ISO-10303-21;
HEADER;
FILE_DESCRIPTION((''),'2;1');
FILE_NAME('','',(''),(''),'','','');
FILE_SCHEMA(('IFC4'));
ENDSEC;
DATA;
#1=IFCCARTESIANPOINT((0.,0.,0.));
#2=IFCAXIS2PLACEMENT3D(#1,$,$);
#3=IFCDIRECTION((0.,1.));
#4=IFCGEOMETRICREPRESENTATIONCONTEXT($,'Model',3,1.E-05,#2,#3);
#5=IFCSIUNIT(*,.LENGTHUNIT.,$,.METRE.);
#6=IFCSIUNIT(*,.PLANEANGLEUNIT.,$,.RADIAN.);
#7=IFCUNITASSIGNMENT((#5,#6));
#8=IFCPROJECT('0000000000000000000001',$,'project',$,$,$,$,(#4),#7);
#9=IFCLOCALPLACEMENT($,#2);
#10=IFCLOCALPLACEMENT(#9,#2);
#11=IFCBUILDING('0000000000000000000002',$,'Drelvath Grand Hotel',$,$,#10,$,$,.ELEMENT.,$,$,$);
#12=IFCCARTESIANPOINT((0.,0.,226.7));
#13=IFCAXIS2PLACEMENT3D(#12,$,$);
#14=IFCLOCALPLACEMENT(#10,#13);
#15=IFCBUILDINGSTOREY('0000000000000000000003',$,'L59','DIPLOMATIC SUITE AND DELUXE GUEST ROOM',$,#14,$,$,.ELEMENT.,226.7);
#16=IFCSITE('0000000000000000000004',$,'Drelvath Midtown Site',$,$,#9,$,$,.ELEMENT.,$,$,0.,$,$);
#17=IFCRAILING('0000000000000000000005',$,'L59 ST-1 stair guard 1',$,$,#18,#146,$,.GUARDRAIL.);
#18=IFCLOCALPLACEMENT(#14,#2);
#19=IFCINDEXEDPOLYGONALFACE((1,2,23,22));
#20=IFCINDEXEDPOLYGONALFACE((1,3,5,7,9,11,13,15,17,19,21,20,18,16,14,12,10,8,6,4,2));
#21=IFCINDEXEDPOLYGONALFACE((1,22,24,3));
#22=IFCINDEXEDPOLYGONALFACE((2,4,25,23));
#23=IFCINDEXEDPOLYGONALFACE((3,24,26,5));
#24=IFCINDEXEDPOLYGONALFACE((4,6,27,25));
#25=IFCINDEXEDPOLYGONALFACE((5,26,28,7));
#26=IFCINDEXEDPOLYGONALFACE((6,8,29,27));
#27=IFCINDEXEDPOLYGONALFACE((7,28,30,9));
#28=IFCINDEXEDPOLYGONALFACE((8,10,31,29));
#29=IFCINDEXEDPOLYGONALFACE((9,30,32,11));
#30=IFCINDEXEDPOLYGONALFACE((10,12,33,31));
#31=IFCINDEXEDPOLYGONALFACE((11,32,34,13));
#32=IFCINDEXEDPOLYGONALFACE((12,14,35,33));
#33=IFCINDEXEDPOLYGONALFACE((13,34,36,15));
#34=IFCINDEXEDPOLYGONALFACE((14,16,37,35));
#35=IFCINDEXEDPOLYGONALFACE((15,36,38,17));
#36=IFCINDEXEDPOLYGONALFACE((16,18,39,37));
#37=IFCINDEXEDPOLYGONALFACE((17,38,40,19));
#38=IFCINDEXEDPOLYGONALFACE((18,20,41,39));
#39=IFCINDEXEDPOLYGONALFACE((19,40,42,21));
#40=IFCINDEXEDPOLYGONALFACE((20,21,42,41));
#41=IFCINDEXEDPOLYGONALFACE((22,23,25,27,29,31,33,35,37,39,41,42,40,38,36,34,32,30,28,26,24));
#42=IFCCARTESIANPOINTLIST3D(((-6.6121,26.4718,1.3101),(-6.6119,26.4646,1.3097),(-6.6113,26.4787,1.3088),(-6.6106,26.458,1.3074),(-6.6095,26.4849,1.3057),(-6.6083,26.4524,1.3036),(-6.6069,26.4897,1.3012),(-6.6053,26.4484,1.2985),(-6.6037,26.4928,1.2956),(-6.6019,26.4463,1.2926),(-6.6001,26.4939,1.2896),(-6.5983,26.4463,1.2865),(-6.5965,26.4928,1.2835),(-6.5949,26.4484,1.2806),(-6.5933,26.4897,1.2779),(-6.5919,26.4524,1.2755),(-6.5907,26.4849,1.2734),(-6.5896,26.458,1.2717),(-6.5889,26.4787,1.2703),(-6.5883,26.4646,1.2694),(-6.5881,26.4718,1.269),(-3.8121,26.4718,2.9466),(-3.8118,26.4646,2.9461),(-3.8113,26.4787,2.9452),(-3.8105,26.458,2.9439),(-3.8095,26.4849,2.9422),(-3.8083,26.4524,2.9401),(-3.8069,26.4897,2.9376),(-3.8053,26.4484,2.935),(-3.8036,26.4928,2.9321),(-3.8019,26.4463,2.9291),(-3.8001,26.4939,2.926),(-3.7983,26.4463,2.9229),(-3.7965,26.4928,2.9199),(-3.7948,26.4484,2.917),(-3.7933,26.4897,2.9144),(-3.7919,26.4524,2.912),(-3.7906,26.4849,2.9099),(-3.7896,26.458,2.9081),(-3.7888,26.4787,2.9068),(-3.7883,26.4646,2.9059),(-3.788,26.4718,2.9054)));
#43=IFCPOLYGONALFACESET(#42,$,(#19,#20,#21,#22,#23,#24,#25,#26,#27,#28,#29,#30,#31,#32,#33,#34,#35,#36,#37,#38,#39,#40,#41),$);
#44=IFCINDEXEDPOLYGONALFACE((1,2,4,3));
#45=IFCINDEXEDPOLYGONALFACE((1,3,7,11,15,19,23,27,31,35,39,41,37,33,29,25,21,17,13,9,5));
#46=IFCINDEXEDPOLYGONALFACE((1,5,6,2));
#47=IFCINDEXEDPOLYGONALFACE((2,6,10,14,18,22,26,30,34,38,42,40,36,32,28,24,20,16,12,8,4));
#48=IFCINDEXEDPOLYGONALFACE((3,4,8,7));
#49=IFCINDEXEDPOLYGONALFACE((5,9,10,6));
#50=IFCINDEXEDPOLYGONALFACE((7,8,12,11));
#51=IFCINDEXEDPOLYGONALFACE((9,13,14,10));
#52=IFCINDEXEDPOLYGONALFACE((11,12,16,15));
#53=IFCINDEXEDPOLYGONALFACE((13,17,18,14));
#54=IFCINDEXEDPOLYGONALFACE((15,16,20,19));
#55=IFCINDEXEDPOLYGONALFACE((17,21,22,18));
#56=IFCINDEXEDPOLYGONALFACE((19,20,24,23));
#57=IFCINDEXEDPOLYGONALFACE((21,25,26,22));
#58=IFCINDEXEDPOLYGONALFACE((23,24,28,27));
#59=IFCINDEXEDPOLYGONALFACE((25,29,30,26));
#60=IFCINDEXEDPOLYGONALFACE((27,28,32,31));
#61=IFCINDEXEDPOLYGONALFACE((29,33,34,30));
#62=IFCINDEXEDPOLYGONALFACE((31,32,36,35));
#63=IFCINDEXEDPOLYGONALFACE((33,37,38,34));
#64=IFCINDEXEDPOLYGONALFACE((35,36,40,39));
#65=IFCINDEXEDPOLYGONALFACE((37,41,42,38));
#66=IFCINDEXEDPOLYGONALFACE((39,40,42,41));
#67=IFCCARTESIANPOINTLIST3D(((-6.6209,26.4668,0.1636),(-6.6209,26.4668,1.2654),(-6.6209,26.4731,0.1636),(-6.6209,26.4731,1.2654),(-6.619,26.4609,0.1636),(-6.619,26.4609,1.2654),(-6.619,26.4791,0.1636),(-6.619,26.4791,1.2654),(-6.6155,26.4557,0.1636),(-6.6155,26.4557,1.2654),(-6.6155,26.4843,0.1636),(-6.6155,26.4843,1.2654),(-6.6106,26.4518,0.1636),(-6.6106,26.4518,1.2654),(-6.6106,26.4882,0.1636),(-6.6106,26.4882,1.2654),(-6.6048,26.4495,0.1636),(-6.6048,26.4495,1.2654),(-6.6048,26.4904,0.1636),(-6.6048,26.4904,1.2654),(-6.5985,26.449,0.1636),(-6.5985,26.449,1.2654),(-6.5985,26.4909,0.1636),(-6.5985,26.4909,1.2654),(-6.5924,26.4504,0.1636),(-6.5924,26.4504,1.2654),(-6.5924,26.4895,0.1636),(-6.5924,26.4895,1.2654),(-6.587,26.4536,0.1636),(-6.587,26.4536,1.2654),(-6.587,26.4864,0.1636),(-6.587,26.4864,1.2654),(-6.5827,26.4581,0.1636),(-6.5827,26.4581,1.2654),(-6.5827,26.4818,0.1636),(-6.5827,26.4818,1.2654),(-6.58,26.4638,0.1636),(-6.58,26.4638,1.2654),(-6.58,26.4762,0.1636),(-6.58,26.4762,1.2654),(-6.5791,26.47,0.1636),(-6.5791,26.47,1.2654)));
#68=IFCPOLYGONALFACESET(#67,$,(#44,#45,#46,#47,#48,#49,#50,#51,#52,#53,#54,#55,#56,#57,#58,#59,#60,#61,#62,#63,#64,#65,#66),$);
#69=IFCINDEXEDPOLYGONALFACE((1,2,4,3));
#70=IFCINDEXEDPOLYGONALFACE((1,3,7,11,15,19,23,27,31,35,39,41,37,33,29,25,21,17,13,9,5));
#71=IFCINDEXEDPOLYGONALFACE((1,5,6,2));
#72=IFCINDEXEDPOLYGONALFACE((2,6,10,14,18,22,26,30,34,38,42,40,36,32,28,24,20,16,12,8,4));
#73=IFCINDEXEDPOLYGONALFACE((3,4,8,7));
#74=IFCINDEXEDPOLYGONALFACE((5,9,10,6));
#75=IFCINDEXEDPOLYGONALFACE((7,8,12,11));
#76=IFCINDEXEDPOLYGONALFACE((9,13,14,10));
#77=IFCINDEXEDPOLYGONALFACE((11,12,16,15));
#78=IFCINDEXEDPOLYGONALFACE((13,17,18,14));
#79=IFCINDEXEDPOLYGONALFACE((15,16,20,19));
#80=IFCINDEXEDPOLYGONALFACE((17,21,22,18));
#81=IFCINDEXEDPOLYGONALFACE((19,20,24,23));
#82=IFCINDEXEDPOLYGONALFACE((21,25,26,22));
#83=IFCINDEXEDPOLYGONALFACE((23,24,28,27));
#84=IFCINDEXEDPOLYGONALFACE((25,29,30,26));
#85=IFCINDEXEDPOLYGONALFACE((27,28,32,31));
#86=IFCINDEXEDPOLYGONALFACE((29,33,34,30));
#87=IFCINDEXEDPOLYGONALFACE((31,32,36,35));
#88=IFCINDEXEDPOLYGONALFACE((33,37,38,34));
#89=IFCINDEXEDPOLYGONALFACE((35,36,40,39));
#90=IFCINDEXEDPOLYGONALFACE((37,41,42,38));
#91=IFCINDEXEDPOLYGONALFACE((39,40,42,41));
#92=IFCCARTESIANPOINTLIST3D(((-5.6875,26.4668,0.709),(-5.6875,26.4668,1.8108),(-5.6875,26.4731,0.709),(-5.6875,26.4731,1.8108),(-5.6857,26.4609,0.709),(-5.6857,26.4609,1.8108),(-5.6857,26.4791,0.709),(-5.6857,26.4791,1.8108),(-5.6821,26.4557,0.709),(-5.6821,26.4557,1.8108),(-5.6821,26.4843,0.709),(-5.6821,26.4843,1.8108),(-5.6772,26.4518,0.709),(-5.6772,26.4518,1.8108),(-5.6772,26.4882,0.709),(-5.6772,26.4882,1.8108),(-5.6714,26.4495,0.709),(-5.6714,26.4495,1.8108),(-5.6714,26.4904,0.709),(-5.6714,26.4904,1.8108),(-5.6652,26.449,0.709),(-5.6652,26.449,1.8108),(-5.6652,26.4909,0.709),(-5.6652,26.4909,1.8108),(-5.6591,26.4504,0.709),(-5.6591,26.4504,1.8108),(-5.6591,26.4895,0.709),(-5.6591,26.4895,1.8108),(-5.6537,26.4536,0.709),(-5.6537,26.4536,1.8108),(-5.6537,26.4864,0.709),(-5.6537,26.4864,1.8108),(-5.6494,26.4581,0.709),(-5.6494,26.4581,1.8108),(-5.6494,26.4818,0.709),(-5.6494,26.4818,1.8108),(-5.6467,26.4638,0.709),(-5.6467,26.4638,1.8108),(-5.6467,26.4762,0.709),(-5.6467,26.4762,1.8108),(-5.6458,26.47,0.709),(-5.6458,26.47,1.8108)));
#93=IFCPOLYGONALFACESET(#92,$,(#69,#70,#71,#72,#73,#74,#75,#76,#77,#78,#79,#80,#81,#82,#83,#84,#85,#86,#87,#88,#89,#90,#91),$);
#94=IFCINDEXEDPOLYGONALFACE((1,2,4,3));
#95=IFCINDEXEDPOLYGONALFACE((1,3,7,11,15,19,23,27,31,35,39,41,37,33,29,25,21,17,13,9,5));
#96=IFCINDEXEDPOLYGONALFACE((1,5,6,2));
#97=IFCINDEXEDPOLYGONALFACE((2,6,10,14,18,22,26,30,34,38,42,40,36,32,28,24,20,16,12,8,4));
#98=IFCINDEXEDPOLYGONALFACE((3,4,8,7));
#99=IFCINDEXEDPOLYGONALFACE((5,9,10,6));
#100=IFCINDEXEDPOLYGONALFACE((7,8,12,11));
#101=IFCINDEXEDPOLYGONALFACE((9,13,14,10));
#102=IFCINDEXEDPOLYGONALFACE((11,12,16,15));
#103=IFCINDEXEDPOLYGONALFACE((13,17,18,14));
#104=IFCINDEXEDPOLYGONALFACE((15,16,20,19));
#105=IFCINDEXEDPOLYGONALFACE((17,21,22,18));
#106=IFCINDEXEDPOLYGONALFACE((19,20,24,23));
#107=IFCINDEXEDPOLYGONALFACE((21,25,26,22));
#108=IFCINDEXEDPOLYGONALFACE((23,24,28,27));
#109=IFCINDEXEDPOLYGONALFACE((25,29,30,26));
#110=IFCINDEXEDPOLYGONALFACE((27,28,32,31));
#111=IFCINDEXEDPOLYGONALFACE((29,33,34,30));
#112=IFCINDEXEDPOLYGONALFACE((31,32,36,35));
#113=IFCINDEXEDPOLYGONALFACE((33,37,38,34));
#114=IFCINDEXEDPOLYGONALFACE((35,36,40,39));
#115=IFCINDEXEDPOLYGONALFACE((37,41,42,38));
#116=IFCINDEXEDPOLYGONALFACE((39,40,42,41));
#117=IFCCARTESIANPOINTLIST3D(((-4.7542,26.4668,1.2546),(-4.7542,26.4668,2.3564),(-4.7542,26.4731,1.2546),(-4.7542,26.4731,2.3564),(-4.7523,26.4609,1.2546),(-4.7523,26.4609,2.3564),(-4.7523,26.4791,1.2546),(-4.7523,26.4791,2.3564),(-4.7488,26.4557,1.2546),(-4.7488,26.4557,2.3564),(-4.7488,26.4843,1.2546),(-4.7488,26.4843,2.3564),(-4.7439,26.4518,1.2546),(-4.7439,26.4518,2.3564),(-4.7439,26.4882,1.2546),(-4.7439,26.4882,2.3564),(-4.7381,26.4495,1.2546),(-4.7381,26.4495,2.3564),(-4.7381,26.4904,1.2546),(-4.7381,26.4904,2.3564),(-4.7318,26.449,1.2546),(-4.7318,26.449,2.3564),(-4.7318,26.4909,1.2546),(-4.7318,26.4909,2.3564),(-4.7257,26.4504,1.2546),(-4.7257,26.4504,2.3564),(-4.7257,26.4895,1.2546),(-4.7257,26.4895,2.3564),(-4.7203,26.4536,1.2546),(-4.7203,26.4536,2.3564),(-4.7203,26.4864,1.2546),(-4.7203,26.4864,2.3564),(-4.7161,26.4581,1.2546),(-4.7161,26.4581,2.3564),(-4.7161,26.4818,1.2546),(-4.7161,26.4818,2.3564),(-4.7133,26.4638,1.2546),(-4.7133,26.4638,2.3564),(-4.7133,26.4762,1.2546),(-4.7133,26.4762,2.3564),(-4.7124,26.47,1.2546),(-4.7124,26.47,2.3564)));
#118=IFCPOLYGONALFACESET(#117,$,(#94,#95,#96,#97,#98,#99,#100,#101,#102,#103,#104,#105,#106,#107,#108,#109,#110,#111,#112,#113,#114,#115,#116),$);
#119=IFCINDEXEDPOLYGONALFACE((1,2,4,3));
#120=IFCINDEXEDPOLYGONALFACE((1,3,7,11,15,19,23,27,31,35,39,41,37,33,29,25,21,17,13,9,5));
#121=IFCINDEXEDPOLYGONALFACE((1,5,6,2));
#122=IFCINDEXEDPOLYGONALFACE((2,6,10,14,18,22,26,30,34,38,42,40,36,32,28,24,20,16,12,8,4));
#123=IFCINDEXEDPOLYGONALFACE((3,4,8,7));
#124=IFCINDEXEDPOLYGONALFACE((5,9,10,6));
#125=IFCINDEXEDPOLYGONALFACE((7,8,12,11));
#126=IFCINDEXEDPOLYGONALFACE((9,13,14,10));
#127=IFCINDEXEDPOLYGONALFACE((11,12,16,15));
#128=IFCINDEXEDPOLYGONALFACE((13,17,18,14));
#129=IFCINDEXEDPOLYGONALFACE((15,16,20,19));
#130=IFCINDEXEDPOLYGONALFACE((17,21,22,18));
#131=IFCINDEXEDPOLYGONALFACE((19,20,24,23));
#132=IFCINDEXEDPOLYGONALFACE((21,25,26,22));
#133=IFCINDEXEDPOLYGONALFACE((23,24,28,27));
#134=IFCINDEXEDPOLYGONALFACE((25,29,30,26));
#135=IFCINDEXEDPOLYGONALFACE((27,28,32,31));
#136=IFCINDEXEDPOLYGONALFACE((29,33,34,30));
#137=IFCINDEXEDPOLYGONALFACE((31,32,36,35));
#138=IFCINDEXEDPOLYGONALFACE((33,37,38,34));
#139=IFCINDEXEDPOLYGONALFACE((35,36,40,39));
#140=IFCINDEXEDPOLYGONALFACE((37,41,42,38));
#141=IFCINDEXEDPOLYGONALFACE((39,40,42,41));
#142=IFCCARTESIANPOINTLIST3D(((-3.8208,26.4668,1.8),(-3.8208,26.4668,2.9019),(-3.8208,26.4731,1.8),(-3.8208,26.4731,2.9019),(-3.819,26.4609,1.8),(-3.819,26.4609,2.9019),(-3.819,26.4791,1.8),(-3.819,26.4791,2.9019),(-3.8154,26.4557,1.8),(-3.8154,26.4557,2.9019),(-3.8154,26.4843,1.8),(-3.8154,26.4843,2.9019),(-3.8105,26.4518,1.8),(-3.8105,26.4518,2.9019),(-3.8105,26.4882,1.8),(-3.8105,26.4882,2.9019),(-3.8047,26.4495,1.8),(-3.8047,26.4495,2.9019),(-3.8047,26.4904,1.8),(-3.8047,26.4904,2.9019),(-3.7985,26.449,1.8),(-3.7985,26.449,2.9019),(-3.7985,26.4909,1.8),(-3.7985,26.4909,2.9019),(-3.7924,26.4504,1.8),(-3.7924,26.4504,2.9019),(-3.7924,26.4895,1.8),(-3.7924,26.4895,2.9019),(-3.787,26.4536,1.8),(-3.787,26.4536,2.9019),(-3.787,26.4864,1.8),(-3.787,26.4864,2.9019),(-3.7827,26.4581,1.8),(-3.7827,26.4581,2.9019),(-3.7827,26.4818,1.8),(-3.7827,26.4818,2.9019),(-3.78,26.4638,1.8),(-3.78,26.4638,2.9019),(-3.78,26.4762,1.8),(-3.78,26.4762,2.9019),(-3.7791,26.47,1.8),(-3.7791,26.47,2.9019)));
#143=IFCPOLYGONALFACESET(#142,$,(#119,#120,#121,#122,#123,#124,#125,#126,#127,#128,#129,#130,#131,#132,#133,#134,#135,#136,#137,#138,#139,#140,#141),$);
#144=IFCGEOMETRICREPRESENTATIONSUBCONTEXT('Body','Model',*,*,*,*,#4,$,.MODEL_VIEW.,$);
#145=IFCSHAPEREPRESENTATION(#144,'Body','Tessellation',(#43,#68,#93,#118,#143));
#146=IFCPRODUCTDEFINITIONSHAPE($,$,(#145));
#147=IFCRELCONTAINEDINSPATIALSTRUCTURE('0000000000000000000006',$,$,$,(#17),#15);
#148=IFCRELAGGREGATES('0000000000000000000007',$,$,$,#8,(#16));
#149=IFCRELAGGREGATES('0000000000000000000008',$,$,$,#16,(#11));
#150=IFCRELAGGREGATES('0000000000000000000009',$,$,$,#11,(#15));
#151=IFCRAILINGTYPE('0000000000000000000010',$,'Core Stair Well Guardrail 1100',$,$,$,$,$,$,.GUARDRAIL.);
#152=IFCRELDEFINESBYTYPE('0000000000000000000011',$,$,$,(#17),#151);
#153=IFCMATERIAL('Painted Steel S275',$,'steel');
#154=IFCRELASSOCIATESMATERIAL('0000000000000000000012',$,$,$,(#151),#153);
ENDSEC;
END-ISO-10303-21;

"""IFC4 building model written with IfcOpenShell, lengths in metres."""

from ifc_helpers import new_model, si_unit, direction, frame, origin, origin_2d, place, context, subcontext, project, spatial, circle, extrude, material, type_object, element, save


model = new_model("IFC4")

# Units and contexts
model_context = context("Model", 3, precision=1e-05, world=origin(), true_north=direction((0.0, 1.0)))
body_context = subcontext(model_context, "Body", "Model", "MODEL_VIEW")
ifc_project = project(units=[si_unit("LENGTHUNIT", "METRE"), si_unit("PLANEANGLEUNIT", "RADIAN")], contexts=[model_context])

# Site, building, storey
site_placement = place(None, origin())
site = spatial("IfcSite", under=ifc_project, at=site_placement, Name="Drelvath Midtown Site", CompositionType="ELEMENT", RefElevation=0.0)
building_placement = place(site_placement, origin())
building = spatial("IfcBuilding", under=site, at=building_placement, Name="Drelvath Grand Hotel", CompositionType="ELEMENT")
storey_placement = place(building_placement, frame((0.0, 0.0, 226.7)))
storey = spatial("IfcBuildingStorey", under=building, at=storey_placement, Name="L59", Description="DIPLOMATIC SUITE AND DELUXE GUEST ROOM", CompositionType="ELEMENT", Elevation=226.7)

# Shared definitions
ifc_material_1 = material(Name="Painted Steel S275", Category="steel")

# Railing
railing_type_1 = type_object("IfcRailingType", Name="Core Stair Well Guardrail 1100", PredefinedType="GUARDRAIL", material=ifc_material_1)
railing_1_placement = place(storey_placement, frame((-6.6001, 26.47, 0.1636)))
element("IfcRailing", 1, at=railing_1_placement, inside=storey, type_object=railing_type_1, Name="L59 ST-1 stair guard 1", PredefinedType="GUARDRAIL", context=body_context, shape_type="SweptSolid", body=[
    extrude(circle(Radius=0.0239, at=origin_2d()), frame((0.0, 0.0, 1.126), z_axis=(0.863361, 0.0, 0.504587), x_axis=(0.0, 1.0, 0.0)), (0.0, 0.0, 1.0), 3.2432),
    extrude(circle(Radius=0.021, at=origin_2d()), origin(), (0.0, 0.0, 1.0), 1.1018),
    extrude(circle(Radius=0.021, at=origin_2d()), frame((0.9333, 0.0, 0.5454)), (0.0, 0.0, 1.0), 1.1018),
    extrude(circle(Radius=0.021, at=origin_2d()), frame((1.8667, 0.0, 1.0911)), (0.0, 0.0, 1.0), 1.1018),
    extrude(circle(Radius=0.021, at=origin_2d()), frame((2.8, 0.0, 1.6365)), (0.0, 0.0, 1.0), 1.1018),
])

save(model, "model.ifc")
